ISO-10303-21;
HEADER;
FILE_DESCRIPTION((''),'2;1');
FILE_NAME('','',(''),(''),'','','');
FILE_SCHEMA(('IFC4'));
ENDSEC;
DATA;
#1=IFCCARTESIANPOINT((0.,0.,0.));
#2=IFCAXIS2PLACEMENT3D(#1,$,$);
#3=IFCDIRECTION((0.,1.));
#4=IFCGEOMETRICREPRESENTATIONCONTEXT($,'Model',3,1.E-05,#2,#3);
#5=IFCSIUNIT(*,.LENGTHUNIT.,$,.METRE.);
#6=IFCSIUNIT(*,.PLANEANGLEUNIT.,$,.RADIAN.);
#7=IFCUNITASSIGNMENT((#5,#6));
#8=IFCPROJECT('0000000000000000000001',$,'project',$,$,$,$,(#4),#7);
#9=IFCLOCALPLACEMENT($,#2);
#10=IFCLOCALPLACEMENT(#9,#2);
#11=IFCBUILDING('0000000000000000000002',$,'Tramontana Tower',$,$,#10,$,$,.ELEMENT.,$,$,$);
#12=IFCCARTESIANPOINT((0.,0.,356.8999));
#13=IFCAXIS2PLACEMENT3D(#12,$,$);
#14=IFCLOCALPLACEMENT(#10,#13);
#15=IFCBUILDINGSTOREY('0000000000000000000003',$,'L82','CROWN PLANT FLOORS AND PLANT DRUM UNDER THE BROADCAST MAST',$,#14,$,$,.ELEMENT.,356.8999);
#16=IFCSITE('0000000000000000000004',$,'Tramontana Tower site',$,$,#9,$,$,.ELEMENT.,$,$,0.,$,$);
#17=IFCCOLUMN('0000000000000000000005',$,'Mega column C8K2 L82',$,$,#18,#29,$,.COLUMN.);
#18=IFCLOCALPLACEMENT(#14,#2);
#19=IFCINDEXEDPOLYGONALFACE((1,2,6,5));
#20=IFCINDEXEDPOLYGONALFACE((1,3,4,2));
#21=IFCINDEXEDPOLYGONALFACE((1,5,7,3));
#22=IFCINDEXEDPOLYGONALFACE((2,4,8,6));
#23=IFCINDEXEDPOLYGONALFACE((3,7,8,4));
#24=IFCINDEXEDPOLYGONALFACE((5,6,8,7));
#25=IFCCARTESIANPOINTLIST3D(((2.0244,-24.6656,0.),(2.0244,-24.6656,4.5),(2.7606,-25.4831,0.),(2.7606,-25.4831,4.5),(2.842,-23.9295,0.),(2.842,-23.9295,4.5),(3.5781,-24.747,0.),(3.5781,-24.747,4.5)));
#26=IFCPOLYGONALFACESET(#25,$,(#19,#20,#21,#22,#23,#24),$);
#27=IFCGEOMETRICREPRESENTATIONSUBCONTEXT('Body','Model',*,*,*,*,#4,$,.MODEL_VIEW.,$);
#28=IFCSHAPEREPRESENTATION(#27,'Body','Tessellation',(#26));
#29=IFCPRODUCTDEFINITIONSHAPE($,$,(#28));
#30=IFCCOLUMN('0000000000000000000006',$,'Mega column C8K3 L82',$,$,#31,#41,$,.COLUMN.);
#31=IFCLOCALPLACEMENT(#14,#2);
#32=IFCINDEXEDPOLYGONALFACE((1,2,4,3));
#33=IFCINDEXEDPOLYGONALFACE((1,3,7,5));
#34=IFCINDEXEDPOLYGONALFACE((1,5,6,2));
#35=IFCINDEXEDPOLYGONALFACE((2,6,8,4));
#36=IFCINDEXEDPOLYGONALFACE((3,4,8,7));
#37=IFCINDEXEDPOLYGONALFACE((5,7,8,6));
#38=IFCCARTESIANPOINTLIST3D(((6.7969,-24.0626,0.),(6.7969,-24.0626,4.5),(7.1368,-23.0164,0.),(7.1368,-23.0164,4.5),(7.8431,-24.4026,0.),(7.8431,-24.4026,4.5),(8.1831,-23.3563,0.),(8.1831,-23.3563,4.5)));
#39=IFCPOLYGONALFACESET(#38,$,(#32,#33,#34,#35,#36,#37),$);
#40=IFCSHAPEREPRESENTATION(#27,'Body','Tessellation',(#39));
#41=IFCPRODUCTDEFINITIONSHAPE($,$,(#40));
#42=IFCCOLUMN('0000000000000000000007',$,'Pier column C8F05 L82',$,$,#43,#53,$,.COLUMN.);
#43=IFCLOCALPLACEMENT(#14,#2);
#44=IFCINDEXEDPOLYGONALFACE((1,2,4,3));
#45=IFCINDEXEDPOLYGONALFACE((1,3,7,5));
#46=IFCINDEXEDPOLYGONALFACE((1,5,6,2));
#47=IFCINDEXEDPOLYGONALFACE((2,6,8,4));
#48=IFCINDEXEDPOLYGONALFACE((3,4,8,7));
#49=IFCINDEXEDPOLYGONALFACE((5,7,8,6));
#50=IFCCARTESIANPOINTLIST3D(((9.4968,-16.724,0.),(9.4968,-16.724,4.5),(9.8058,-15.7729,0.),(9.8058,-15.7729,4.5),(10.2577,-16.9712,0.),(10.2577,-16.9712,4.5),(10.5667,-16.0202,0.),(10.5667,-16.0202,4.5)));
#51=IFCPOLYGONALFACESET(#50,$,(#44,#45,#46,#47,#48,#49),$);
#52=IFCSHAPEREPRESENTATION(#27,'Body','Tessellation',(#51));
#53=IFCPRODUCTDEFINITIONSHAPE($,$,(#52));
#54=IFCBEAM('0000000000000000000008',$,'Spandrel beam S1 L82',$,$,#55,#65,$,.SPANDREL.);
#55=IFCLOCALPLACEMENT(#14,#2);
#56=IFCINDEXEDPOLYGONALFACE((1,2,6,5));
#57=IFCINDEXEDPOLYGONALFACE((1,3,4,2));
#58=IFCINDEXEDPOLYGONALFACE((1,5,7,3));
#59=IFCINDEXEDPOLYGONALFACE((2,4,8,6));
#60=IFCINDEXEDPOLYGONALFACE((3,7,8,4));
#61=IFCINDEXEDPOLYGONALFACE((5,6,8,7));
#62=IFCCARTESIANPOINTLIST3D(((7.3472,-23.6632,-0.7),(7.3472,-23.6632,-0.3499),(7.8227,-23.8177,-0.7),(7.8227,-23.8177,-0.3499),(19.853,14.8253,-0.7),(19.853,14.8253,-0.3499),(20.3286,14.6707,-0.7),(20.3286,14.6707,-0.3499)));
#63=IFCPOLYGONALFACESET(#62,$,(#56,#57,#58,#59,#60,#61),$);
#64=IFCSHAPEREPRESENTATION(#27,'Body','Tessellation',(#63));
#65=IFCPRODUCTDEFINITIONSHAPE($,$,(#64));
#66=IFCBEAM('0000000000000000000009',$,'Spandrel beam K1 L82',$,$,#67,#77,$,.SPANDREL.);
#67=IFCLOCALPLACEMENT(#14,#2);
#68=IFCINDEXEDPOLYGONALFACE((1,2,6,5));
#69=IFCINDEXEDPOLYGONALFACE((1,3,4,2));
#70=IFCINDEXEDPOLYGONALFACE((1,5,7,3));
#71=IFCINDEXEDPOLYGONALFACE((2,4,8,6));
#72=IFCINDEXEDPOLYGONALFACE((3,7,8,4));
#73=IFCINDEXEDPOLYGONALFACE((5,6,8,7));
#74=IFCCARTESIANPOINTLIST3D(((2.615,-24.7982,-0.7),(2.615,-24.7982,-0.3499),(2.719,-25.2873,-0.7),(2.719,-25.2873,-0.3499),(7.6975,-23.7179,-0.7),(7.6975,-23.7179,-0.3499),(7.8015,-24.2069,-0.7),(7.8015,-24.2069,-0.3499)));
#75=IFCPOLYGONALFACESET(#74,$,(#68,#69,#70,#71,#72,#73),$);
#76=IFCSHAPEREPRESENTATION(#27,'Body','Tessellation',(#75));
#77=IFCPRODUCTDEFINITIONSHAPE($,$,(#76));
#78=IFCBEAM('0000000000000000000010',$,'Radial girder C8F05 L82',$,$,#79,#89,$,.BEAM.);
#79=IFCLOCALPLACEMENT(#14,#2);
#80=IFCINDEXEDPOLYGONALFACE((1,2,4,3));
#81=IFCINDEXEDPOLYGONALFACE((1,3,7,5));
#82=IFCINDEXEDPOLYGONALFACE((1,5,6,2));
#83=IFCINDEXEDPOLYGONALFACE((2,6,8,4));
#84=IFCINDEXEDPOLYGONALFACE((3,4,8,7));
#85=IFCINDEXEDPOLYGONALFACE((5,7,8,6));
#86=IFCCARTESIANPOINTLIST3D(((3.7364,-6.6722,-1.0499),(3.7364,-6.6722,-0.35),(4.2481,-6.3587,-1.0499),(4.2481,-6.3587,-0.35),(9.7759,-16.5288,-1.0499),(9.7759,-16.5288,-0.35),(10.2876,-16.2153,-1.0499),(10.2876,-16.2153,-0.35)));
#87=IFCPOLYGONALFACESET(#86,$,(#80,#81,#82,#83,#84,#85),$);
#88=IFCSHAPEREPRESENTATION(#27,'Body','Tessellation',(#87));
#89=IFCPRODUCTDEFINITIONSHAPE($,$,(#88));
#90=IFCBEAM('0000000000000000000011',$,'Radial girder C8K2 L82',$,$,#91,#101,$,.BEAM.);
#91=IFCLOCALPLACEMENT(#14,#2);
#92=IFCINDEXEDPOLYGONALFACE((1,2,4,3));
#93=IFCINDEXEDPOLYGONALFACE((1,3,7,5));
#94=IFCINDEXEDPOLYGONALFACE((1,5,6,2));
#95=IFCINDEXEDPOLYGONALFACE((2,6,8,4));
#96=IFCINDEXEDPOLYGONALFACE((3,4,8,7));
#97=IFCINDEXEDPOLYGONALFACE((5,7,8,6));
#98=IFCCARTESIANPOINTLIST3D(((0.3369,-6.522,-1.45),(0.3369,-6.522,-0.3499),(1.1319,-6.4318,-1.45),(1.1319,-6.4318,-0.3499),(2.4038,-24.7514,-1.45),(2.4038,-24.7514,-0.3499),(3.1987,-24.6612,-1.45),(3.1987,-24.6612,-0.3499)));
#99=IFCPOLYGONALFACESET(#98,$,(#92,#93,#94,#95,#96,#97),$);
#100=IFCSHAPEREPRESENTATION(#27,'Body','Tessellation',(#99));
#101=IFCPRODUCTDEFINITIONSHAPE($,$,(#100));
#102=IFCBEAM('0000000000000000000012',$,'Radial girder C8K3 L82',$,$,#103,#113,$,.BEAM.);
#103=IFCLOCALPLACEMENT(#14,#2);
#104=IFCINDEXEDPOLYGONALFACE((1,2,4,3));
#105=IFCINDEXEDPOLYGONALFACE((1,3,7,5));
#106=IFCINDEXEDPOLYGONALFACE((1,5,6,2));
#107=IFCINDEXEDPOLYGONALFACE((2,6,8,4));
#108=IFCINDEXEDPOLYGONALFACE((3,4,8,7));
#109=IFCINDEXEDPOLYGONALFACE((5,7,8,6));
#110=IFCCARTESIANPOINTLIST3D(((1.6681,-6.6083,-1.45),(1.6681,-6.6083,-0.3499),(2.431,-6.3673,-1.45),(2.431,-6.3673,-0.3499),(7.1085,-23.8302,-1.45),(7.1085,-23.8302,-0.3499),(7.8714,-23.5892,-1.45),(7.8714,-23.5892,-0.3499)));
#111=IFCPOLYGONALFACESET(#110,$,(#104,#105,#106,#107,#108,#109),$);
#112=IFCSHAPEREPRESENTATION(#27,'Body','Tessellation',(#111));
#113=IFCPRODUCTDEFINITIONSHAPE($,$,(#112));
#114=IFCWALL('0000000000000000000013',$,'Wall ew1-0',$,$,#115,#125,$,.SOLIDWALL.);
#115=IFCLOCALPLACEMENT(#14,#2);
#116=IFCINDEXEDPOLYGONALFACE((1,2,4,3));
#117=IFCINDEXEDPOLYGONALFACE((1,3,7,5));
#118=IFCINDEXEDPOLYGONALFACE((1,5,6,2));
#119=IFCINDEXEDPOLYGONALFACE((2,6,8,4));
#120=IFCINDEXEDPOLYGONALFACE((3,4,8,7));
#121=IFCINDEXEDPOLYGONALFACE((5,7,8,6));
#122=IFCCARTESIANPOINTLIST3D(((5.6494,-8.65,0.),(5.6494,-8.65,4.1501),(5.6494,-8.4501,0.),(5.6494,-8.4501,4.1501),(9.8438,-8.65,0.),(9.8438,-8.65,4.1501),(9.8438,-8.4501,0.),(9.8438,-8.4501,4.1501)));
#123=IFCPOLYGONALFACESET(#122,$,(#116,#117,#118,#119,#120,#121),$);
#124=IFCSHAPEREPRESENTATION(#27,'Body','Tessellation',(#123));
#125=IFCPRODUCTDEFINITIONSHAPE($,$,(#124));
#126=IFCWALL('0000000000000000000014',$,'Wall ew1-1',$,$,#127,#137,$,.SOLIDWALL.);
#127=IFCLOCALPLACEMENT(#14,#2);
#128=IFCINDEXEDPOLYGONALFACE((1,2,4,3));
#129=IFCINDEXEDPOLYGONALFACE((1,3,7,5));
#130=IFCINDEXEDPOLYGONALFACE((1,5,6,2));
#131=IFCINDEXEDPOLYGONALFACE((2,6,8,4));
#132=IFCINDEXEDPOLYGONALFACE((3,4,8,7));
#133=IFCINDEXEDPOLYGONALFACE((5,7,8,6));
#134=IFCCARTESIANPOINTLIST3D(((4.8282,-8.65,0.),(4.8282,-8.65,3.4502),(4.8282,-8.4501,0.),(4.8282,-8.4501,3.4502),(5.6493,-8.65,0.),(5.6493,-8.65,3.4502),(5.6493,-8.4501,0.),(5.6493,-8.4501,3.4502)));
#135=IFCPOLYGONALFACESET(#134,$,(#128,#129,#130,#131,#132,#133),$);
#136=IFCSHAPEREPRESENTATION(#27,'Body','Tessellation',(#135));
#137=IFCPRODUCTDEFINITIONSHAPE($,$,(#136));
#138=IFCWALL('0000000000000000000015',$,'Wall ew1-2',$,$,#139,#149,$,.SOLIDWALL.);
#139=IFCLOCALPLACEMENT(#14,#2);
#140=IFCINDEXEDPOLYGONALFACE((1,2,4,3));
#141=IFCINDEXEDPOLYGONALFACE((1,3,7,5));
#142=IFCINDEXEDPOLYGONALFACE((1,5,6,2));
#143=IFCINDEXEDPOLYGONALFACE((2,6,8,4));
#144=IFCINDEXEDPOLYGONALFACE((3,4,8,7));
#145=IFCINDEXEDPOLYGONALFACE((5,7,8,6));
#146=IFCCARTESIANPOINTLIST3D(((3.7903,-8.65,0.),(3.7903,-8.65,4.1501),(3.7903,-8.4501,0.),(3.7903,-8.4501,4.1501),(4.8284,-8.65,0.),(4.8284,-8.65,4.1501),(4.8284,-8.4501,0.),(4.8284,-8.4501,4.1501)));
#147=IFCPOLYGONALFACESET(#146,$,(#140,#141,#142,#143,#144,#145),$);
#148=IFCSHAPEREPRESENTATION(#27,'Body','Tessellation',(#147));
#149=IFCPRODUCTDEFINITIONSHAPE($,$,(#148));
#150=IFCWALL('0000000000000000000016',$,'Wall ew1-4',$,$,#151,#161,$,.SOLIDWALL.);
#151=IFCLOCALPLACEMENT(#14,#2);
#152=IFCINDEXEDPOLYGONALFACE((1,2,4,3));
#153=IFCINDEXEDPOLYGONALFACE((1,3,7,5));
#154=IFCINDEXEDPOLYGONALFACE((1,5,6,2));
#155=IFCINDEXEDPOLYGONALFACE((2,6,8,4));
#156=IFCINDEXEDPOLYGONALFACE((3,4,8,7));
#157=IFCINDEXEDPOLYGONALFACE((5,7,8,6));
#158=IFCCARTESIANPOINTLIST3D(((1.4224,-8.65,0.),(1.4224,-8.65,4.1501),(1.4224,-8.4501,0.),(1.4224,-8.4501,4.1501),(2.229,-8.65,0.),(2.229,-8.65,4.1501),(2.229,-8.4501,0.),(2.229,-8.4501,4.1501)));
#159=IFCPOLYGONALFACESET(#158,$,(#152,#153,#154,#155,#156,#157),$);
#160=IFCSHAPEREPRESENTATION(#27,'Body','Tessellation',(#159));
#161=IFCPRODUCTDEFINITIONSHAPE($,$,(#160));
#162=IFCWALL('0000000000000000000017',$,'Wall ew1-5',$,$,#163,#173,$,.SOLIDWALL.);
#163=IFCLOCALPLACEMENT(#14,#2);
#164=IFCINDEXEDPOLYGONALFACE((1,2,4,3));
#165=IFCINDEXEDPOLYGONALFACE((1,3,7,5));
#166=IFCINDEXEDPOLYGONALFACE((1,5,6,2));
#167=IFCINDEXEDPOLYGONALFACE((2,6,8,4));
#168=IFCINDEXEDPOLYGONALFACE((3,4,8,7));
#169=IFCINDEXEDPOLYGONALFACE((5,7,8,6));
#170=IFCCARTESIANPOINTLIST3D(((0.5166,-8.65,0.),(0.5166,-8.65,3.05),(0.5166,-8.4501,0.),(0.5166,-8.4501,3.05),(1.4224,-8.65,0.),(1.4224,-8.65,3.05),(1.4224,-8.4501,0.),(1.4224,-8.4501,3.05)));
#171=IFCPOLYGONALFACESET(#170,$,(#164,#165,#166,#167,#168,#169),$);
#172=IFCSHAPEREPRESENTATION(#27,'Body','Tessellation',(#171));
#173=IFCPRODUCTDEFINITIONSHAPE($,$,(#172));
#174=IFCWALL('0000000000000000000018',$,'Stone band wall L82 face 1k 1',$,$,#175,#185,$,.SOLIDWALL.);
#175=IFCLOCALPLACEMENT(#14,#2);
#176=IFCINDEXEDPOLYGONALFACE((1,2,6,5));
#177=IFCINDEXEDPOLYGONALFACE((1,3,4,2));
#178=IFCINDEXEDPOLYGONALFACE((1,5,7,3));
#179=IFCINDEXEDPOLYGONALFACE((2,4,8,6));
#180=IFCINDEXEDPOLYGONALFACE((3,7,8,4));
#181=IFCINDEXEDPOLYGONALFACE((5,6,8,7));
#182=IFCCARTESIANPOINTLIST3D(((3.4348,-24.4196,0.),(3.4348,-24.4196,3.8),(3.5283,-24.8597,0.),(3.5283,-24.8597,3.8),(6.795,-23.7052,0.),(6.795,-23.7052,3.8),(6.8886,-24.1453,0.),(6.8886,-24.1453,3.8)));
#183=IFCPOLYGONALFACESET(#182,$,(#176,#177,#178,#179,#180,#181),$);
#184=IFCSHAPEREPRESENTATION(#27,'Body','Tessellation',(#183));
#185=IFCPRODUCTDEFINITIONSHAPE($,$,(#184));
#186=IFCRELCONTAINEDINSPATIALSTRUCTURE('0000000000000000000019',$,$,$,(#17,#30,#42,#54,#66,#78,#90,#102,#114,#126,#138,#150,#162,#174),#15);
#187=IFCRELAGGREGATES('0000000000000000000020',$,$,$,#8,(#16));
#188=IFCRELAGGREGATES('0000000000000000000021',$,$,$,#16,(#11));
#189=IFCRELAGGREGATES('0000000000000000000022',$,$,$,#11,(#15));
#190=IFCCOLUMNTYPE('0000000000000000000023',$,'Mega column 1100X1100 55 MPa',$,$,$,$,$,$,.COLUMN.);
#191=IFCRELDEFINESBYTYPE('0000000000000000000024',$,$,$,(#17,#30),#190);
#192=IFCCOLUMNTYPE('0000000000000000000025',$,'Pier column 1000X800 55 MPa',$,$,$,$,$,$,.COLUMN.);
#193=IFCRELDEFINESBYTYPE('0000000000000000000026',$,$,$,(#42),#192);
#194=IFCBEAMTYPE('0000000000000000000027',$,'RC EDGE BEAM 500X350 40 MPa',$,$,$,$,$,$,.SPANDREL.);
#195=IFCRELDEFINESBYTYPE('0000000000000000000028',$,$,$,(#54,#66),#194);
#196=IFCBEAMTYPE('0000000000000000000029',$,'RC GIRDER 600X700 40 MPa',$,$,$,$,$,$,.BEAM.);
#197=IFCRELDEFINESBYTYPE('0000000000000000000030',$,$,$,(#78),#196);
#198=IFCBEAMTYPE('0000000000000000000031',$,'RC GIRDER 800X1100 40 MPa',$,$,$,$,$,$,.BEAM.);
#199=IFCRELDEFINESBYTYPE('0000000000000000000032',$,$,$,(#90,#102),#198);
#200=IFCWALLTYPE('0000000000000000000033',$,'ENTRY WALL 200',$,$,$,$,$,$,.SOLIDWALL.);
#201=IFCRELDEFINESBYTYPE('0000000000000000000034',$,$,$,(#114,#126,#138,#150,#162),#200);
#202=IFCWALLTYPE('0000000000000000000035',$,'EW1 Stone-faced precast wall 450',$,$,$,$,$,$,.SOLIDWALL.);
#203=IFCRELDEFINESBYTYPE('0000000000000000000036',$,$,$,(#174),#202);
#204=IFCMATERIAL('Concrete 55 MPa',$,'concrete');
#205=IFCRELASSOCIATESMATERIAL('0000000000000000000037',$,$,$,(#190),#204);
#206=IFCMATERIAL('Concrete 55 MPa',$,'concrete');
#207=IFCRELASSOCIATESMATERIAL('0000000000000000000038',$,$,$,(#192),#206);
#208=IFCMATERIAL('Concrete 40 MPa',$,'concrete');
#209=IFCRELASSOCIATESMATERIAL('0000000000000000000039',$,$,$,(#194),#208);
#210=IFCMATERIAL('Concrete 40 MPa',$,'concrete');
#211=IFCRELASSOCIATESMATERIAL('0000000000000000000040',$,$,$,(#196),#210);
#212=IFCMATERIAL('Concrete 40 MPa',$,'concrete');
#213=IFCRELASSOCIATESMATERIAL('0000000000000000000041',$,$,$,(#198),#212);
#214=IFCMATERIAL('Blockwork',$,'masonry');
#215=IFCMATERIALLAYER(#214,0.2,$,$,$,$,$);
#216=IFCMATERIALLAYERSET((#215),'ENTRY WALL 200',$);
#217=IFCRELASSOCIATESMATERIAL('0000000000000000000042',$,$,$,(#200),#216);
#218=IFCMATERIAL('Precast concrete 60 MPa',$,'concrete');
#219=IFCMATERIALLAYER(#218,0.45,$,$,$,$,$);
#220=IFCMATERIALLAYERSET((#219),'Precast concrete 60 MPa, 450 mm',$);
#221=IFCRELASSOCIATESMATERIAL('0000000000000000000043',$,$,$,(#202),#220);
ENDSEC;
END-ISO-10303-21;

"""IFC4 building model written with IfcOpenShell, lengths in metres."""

from ifc_helpers import new_model, si_unit, direction, frame, frame_2d, origin, origin_2d, place, context, subcontext, project, spatial, rectangle, extrude, material, layer, layer_set, material_profile, profile_set, type_object, element, save


model = new_model("IFC4")

# Units and contexts
model_context = context("Model", 3, precision=1e-05, world=origin(), true_north=direction((0.0, 1.0)))
body_context = subcontext(model_context, "Body", "Model", "MODEL_VIEW")
ifc_project = project(units=[si_unit("LENGTHUNIT", "METRE"), si_unit("PLANEANGLEUNIT", "RADIAN")], contexts=[model_context])

# Site, building, storey
site_placement = place(None, origin())
site = spatial("IfcSite", under=ifc_project, at=site_placement, Name="Tramontana Tower site", CompositionType="ELEMENT", RefElevation=0.0)
building_placement = place(site_placement, origin())
building = spatial("IfcBuilding", under=site, at=building_placement, Name="Tramontana Tower", CompositionType="ELEMENT")
storey_placement = place(building_placement, frame((0.0, 0.0, 356.8999)))
storey = spatial("IfcBuildingStorey", under=building, at=storey_placement, Name="L82", Description="CROWN PLANT FLOORS AND PLANT DRUM UNDER THE BROADCAST MAST", CompositionType="ELEMENT", Elevation=356.8999)

# Columns
ifc_material_1 = material(Name="Concrete 55 MPa", Category="concrete")
ifc_material_profile_1 = material_profile(ifc_material_1, rectangle(XDim=1.1001, YDim=1.1001, at=origin_2d()), Name="Mega column 1100X1100 55 MPa")
ifc_profile_set_1 = profile_set([ifc_material_profile_1], Name="Concrete 55 MPa")
column_type_1 = type_object("IfcColumnType", Name="Mega column 1100X1100 55 MPa", PredefinedType="COLUMN", material=ifc_profile_set_1)
for number, where, z_axis, x_axis, name in (
    (1, (2.8013, -24.7063, 0.0), (0.0, 0.0, 1.0), (0.669131, -0.743145, 0.0), "Mega column C8K2 L82"),
    (2, (7.49, -23.7095, 0.0), (0.0, 0.0, 1.0), (0.309017, 0.951057, 0.0), "Mega column C8K3 L82"),
):
    element("IfcColumn", number, at=place(storey_placement, frame(where, z_axis=z_axis, x_axis=x_axis)), inside=storey, type_object=column_type_1, Name=name, PredefinedType="COLUMN", context=body_context, shape_type="SweptSolid", body=[
        extrude(rectangle(XDim=1.1001, YDim=1.1001, at=origin_2d()), origin(), (0.0, 0.0, 1.0), 4.5),
    ])
ifc_material_2 = material(Name="Concrete 55 MPa", Category="concrete")
ifc_material_profile_2 = material_profile(ifc_material_2, rectangle(XDim=1.0, YDim=0.8, at=origin_2d()), Name="Pier column 1000X800 55 MPa")
ifc_profile_set_2 = profile_set([ifc_material_profile_2], Name="Concrete 55 MPa")
column_type_2 = type_object("IfcColumnType", Name="Pier column 1000X800 55 MPa", PredefinedType="COLUMN", material=ifc_profile_set_2)
column_placement = place(storey_placement, frame((10.0317, -16.3721, 0.0), z_axis=(0.0, 0.0, 1.0), x_axis=(0.309017, 0.951057, 0.0)))
element("IfcColumn", 3, at=column_placement, inside=storey, type_object=column_type_2, Name="Pier column C8F05 L82", PredefinedType="COLUMN", context=body_context, shape_type="SweptSolid", body=[
    extrude(rectangle(XDim=1.0, YDim=0.8, at=origin_2d()), origin(), (0.0, 0.0, 1.0), 4.5),
])

# Beams
ifc_material_3 = material(Name="Concrete 40 MPa", Category="concrete")
ifc_material_profile_3 = material_profile(ifc_material_3, rectangle(XDim=0.5, YDim=0.3501, at=origin_2d()), Name="RC EDGE BEAM 500X350 40 MPa")
ifc_profile_set_3 = profile_set([ifc_material_profile_3], Name="Concrete 40 MPa")
beam_type_1 = type_object("IfcBeamType", Name="RC EDGE BEAM 500X350 40 MPa", PredefinedType="SPANDREL", material=ifc_profile_set_3)
beam_1_placement = place(storey_placement, frame((7.585, -23.7405, -0.5249), z_axis=(0.309021, 0.951055, 0.0), x_axis=(-0.951055, 0.309021, 0.0)))
element("IfcBeam", 4, at=beam_1_placement, inside=storey, type_object=beam_type_1, Name="Spandrel beam S1 L82", PredefinedType="SPANDREL", context=body_context, shape_type="SweptSolid", body=[
    extrude(rectangle(XDim=0.5, YDim=0.3501, at=origin_2d()), origin(), (0.0, 0.0, 1.0), 40.4692),
])
beam_2_placement = place(storey_placement, frame((2.667, -25.0427, -0.5249), z_axis=(0.978148, 0.207912, 0.0), x_axis=(-0.207912, 0.978148, 0.0)))
element("IfcBeam", 5, at=beam_2_placement, inside=storey, type_object=beam_type_1, Name="Spandrel beam K1 L82", PredefinedType="SPANDREL", context=body_context, shape_type="SweptSolid", body=[
    extrude(rectangle(XDim=0.5, YDim=0.3501, at=origin_2d()), origin(), (0.0, 0.0, 1.0), 5.196),
])
ifc_material_4 = material(Name="Concrete 40 MPa", Category="concrete")
ifc_material_profile_4 = material_profile(ifc_material_4, rectangle(XDim=0.6001, YDim=0.7, at=origin_2d()), Name="RC GIRDER 600X700 40 MPa")
ifc_profile_set_4 = profile_set([ifc_material_profile_4], Name="Concrete 40 MPa")
beam_type_2 = type_object("IfcBeamType", Name="RC GIRDER 600X700 40 MPa", PredefinedType="BEAM", material=ifc_profile_set_4)
beam_3_placement = place(storey_placement, frame((10.0317, -16.3721, -0.7), z_axis=(-0.522459, 0.852665, 0.0), x_axis=(-0.852665, -0.522459, 0.0)))
element("IfcBeam", 6, at=beam_3_placement, inside=storey, type_object=beam_type_2, Name="Radial girder C8F05 L82", PredefinedType="BEAM", context=body_context, shape_type="SweptSolid", body=[
    extrude(rectangle(XDim=0.6001, YDim=0.7, at=origin_2d()), origin(), (0.0, 0.0, 1.0), 11.5598),
])
ifc_material_5 = material(Name="Concrete 40 MPa", Category="concrete")
ifc_material_profile_5 = material_profile(ifc_material_5, rectangle(XDim=0.8, YDim=1.1001, at=origin_2d()), Name="RC GIRDER 800X1100 40 MPa")
ifc_profile_set_5 = profile_set([ifc_material_profile_5], Name="Concrete 40 MPa")
beam_type_3 = type_object("IfcBeamType", Name="RC GIRDER 800X1100 40 MPa", PredefinedType="BEAM", material=ifc_profile_set_5)
beam_4_placement = place(storey_placement, frame((2.8013, -24.7063, -0.8999), z_axis=(-0.11266, 0.993634, 0.0), x_axis=(-0.993634, -0.11266, 0.0)))
element("IfcBeam", 7, at=beam_4_placement, inside=storey, type_object=beam_type_3, Name="Radial girder C8K2 L82", PredefinedType="BEAM", context=body_context, shape_type="SweptSolid", body=[
    extrude(rectangle(XDim=0.8, YDim=1.1001, at=origin_2d()), origin(), (0.0, 0.0, 1.0), 18.3462),
])
beam_5_placement = place(storey_placement, frame((7.49, -23.7097, -0.8999), z_axis=(-0.301228, 0.953552, 0.0), x_axis=(-0.953552, -0.301228, 0.0)))
element("IfcBeam", 8, at=beam_5_placement, inside=storey, type_object=beam_type_3, Name="Radial girder C8K3 L82", PredefinedType="BEAM", context=body_context, shape_type="SweptSolid", body=[
    extrude(rectangle(XDim=0.8, YDim=1.1001, at=origin_2d()), origin(), (0.0, 0.0, 1.0), 18.0608),
])

# Walls
ifc_material_6 = material(Name="Blockwork", Category="masonry")
ifc_layer_1 = layer(ifc_material_6, 0.2)
ifc_layer_set_1 = layer_set([ifc_layer_1], Name="ENTRY WALL 200")
wall_type_1 = type_object("IfcWallType", Name="ENTRY WALL 200", PredefinedType="SOLIDWALL", material=ifc_layer_set_1)
wall_1_placement = place(storey_placement, frame((9.8438, -8.55, 0.0), z_axis=(0.0, 0.0, 1.0), x_axis=(-1.0, 0.0, 0.0)))
element("IfcWall", 9, at=wall_1_placement, inside=storey, type_object=wall_type_1, Name="Wall ew1-0", PredefinedType="SOLIDWALL", context=body_context, shape_type="SweptSolid", body=[
    extrude(rectangle(XDim=4.1943, YDim=0.2, at=frame_2d((2.0972, 0.0))), origin(), (0.0, 0.0, 1.0), 4.1501),
])
wall_2_placement = place(storey_placement, frame((5.6494, -8.55, 0.0), z_axis=(0.0, 0.0, 1.0), x_axis=(-1.0, 0.0, 0.0)))
element("IfcWall", 10, at=wall_2_placement, inside=storey, type_object=wall_type_1, Name="Wall ew1-1", PredefinedType="SOLIDWALL", context=body_context, shape_type="SweptSolid", body=[
    extrude(rectangle(XDim=0.821, YDim=0.2, at=frame_2d((0.4106, 0.0))), origin(), (0.0, 0.0, 1.0), 3.4502),
])
wall_3_placement = place(storey_placement, frame((4.8284, -8.55, 0.0), z_axis=(0.0, 0.0, 1.0), x_axis=(-1.0, 0.0, 0.0)))
element("IfcWall", 11, at=wall_3_placement, inside=storey, type_object=wall_type_1, Name="Wall ew1-2", PredefinedType="SOLIDWALL", context=body_context, shape_type="SweptSolid", body=[
    extrude(rectangle(XDim=1.0381, YDim=0.2, at=frame_2d((0.519, 0.0))), origin(), (0.0, 0.0, 1.0), 4.1501),
])

# Walls
wall_4_placement = place(storey_placement, frame((2.229, -8.55, 0.0), z_axis=(0.0, 0.0, 1.0), x_axis=(-1.0, 0.0, 0.0)))
element("IfcWall", 12, at=wall_4_placement, inside=storey, type_object=wall_type_1, Name="Wall ew1-4", PredefinedType="SOLIDWALL", context=body_context, shape_type="SweptSolid", body=[
    extrude(rectangle(XDim=0.8066, YDim=0.2, at=frame_2d((0.4033, 0.0))), origin(), (0.0, 0.0, 1.0), 4.1501),
])
wall_5_placement = place(storey_placement, frame((1.4224, -8.55, 0.0), z_axis=(0.0, 0.0, 1.0), x_axis=(-1.0, 0.0, 0.0)))
element("IfcWall", 13, at=wall_5_placement, inside=storey, type_object=wall_type_1, Name="Wall ew1-5", PredefinedType="SOLIDWALL", context=body_context, shape_type="SweptSolid", body=[
    extrude(rectangle(XDim=0.9058, YDim=0.2, at=frame_2d((0.4529, 0.0))), origin(), (0.0, 0.0, 1.0), 3.05),
])
ifc_material_7 = material(Name="Precast concrete 60 MPa", Category="concrete")
ifc_layer_2 = layer(ifc_material_7, 0.45)
ifc_layer_set_2 = layer_set([ifc_layer_2], Name="Precast concrete 60 MPa, 450 mm")
wall_type_2 = type_object("IfcWallType", Name="EW1 Stone-faced precast wall 450", PredefinedType="SOLIDWALL", material=ifc_layer_set_2)
wall_6_placement = place(storey_placement, frame((3.4814, -24.6396, 0.0), z_axis=(0.0, 0.0, 1.0), x_axis=(0.978139, 0.207951, 0.0)))
element("IfcWall", 14, at=wall_6_placement, inside=storey, type_object=wall_type_2, Name="Stone band wall L82 face 1k 1", PredefinedType="SOLIDWALL", context=body_context, shape_type="SweptSolid", body=[
    extrude(rectangle(XDim=3.4353, YDim=0.45, at=frame_2d((1.7178, 0.0))), origin(), (0.0, 0.0, 1.0), 3.8),
])

save(model, "model.ifc")
